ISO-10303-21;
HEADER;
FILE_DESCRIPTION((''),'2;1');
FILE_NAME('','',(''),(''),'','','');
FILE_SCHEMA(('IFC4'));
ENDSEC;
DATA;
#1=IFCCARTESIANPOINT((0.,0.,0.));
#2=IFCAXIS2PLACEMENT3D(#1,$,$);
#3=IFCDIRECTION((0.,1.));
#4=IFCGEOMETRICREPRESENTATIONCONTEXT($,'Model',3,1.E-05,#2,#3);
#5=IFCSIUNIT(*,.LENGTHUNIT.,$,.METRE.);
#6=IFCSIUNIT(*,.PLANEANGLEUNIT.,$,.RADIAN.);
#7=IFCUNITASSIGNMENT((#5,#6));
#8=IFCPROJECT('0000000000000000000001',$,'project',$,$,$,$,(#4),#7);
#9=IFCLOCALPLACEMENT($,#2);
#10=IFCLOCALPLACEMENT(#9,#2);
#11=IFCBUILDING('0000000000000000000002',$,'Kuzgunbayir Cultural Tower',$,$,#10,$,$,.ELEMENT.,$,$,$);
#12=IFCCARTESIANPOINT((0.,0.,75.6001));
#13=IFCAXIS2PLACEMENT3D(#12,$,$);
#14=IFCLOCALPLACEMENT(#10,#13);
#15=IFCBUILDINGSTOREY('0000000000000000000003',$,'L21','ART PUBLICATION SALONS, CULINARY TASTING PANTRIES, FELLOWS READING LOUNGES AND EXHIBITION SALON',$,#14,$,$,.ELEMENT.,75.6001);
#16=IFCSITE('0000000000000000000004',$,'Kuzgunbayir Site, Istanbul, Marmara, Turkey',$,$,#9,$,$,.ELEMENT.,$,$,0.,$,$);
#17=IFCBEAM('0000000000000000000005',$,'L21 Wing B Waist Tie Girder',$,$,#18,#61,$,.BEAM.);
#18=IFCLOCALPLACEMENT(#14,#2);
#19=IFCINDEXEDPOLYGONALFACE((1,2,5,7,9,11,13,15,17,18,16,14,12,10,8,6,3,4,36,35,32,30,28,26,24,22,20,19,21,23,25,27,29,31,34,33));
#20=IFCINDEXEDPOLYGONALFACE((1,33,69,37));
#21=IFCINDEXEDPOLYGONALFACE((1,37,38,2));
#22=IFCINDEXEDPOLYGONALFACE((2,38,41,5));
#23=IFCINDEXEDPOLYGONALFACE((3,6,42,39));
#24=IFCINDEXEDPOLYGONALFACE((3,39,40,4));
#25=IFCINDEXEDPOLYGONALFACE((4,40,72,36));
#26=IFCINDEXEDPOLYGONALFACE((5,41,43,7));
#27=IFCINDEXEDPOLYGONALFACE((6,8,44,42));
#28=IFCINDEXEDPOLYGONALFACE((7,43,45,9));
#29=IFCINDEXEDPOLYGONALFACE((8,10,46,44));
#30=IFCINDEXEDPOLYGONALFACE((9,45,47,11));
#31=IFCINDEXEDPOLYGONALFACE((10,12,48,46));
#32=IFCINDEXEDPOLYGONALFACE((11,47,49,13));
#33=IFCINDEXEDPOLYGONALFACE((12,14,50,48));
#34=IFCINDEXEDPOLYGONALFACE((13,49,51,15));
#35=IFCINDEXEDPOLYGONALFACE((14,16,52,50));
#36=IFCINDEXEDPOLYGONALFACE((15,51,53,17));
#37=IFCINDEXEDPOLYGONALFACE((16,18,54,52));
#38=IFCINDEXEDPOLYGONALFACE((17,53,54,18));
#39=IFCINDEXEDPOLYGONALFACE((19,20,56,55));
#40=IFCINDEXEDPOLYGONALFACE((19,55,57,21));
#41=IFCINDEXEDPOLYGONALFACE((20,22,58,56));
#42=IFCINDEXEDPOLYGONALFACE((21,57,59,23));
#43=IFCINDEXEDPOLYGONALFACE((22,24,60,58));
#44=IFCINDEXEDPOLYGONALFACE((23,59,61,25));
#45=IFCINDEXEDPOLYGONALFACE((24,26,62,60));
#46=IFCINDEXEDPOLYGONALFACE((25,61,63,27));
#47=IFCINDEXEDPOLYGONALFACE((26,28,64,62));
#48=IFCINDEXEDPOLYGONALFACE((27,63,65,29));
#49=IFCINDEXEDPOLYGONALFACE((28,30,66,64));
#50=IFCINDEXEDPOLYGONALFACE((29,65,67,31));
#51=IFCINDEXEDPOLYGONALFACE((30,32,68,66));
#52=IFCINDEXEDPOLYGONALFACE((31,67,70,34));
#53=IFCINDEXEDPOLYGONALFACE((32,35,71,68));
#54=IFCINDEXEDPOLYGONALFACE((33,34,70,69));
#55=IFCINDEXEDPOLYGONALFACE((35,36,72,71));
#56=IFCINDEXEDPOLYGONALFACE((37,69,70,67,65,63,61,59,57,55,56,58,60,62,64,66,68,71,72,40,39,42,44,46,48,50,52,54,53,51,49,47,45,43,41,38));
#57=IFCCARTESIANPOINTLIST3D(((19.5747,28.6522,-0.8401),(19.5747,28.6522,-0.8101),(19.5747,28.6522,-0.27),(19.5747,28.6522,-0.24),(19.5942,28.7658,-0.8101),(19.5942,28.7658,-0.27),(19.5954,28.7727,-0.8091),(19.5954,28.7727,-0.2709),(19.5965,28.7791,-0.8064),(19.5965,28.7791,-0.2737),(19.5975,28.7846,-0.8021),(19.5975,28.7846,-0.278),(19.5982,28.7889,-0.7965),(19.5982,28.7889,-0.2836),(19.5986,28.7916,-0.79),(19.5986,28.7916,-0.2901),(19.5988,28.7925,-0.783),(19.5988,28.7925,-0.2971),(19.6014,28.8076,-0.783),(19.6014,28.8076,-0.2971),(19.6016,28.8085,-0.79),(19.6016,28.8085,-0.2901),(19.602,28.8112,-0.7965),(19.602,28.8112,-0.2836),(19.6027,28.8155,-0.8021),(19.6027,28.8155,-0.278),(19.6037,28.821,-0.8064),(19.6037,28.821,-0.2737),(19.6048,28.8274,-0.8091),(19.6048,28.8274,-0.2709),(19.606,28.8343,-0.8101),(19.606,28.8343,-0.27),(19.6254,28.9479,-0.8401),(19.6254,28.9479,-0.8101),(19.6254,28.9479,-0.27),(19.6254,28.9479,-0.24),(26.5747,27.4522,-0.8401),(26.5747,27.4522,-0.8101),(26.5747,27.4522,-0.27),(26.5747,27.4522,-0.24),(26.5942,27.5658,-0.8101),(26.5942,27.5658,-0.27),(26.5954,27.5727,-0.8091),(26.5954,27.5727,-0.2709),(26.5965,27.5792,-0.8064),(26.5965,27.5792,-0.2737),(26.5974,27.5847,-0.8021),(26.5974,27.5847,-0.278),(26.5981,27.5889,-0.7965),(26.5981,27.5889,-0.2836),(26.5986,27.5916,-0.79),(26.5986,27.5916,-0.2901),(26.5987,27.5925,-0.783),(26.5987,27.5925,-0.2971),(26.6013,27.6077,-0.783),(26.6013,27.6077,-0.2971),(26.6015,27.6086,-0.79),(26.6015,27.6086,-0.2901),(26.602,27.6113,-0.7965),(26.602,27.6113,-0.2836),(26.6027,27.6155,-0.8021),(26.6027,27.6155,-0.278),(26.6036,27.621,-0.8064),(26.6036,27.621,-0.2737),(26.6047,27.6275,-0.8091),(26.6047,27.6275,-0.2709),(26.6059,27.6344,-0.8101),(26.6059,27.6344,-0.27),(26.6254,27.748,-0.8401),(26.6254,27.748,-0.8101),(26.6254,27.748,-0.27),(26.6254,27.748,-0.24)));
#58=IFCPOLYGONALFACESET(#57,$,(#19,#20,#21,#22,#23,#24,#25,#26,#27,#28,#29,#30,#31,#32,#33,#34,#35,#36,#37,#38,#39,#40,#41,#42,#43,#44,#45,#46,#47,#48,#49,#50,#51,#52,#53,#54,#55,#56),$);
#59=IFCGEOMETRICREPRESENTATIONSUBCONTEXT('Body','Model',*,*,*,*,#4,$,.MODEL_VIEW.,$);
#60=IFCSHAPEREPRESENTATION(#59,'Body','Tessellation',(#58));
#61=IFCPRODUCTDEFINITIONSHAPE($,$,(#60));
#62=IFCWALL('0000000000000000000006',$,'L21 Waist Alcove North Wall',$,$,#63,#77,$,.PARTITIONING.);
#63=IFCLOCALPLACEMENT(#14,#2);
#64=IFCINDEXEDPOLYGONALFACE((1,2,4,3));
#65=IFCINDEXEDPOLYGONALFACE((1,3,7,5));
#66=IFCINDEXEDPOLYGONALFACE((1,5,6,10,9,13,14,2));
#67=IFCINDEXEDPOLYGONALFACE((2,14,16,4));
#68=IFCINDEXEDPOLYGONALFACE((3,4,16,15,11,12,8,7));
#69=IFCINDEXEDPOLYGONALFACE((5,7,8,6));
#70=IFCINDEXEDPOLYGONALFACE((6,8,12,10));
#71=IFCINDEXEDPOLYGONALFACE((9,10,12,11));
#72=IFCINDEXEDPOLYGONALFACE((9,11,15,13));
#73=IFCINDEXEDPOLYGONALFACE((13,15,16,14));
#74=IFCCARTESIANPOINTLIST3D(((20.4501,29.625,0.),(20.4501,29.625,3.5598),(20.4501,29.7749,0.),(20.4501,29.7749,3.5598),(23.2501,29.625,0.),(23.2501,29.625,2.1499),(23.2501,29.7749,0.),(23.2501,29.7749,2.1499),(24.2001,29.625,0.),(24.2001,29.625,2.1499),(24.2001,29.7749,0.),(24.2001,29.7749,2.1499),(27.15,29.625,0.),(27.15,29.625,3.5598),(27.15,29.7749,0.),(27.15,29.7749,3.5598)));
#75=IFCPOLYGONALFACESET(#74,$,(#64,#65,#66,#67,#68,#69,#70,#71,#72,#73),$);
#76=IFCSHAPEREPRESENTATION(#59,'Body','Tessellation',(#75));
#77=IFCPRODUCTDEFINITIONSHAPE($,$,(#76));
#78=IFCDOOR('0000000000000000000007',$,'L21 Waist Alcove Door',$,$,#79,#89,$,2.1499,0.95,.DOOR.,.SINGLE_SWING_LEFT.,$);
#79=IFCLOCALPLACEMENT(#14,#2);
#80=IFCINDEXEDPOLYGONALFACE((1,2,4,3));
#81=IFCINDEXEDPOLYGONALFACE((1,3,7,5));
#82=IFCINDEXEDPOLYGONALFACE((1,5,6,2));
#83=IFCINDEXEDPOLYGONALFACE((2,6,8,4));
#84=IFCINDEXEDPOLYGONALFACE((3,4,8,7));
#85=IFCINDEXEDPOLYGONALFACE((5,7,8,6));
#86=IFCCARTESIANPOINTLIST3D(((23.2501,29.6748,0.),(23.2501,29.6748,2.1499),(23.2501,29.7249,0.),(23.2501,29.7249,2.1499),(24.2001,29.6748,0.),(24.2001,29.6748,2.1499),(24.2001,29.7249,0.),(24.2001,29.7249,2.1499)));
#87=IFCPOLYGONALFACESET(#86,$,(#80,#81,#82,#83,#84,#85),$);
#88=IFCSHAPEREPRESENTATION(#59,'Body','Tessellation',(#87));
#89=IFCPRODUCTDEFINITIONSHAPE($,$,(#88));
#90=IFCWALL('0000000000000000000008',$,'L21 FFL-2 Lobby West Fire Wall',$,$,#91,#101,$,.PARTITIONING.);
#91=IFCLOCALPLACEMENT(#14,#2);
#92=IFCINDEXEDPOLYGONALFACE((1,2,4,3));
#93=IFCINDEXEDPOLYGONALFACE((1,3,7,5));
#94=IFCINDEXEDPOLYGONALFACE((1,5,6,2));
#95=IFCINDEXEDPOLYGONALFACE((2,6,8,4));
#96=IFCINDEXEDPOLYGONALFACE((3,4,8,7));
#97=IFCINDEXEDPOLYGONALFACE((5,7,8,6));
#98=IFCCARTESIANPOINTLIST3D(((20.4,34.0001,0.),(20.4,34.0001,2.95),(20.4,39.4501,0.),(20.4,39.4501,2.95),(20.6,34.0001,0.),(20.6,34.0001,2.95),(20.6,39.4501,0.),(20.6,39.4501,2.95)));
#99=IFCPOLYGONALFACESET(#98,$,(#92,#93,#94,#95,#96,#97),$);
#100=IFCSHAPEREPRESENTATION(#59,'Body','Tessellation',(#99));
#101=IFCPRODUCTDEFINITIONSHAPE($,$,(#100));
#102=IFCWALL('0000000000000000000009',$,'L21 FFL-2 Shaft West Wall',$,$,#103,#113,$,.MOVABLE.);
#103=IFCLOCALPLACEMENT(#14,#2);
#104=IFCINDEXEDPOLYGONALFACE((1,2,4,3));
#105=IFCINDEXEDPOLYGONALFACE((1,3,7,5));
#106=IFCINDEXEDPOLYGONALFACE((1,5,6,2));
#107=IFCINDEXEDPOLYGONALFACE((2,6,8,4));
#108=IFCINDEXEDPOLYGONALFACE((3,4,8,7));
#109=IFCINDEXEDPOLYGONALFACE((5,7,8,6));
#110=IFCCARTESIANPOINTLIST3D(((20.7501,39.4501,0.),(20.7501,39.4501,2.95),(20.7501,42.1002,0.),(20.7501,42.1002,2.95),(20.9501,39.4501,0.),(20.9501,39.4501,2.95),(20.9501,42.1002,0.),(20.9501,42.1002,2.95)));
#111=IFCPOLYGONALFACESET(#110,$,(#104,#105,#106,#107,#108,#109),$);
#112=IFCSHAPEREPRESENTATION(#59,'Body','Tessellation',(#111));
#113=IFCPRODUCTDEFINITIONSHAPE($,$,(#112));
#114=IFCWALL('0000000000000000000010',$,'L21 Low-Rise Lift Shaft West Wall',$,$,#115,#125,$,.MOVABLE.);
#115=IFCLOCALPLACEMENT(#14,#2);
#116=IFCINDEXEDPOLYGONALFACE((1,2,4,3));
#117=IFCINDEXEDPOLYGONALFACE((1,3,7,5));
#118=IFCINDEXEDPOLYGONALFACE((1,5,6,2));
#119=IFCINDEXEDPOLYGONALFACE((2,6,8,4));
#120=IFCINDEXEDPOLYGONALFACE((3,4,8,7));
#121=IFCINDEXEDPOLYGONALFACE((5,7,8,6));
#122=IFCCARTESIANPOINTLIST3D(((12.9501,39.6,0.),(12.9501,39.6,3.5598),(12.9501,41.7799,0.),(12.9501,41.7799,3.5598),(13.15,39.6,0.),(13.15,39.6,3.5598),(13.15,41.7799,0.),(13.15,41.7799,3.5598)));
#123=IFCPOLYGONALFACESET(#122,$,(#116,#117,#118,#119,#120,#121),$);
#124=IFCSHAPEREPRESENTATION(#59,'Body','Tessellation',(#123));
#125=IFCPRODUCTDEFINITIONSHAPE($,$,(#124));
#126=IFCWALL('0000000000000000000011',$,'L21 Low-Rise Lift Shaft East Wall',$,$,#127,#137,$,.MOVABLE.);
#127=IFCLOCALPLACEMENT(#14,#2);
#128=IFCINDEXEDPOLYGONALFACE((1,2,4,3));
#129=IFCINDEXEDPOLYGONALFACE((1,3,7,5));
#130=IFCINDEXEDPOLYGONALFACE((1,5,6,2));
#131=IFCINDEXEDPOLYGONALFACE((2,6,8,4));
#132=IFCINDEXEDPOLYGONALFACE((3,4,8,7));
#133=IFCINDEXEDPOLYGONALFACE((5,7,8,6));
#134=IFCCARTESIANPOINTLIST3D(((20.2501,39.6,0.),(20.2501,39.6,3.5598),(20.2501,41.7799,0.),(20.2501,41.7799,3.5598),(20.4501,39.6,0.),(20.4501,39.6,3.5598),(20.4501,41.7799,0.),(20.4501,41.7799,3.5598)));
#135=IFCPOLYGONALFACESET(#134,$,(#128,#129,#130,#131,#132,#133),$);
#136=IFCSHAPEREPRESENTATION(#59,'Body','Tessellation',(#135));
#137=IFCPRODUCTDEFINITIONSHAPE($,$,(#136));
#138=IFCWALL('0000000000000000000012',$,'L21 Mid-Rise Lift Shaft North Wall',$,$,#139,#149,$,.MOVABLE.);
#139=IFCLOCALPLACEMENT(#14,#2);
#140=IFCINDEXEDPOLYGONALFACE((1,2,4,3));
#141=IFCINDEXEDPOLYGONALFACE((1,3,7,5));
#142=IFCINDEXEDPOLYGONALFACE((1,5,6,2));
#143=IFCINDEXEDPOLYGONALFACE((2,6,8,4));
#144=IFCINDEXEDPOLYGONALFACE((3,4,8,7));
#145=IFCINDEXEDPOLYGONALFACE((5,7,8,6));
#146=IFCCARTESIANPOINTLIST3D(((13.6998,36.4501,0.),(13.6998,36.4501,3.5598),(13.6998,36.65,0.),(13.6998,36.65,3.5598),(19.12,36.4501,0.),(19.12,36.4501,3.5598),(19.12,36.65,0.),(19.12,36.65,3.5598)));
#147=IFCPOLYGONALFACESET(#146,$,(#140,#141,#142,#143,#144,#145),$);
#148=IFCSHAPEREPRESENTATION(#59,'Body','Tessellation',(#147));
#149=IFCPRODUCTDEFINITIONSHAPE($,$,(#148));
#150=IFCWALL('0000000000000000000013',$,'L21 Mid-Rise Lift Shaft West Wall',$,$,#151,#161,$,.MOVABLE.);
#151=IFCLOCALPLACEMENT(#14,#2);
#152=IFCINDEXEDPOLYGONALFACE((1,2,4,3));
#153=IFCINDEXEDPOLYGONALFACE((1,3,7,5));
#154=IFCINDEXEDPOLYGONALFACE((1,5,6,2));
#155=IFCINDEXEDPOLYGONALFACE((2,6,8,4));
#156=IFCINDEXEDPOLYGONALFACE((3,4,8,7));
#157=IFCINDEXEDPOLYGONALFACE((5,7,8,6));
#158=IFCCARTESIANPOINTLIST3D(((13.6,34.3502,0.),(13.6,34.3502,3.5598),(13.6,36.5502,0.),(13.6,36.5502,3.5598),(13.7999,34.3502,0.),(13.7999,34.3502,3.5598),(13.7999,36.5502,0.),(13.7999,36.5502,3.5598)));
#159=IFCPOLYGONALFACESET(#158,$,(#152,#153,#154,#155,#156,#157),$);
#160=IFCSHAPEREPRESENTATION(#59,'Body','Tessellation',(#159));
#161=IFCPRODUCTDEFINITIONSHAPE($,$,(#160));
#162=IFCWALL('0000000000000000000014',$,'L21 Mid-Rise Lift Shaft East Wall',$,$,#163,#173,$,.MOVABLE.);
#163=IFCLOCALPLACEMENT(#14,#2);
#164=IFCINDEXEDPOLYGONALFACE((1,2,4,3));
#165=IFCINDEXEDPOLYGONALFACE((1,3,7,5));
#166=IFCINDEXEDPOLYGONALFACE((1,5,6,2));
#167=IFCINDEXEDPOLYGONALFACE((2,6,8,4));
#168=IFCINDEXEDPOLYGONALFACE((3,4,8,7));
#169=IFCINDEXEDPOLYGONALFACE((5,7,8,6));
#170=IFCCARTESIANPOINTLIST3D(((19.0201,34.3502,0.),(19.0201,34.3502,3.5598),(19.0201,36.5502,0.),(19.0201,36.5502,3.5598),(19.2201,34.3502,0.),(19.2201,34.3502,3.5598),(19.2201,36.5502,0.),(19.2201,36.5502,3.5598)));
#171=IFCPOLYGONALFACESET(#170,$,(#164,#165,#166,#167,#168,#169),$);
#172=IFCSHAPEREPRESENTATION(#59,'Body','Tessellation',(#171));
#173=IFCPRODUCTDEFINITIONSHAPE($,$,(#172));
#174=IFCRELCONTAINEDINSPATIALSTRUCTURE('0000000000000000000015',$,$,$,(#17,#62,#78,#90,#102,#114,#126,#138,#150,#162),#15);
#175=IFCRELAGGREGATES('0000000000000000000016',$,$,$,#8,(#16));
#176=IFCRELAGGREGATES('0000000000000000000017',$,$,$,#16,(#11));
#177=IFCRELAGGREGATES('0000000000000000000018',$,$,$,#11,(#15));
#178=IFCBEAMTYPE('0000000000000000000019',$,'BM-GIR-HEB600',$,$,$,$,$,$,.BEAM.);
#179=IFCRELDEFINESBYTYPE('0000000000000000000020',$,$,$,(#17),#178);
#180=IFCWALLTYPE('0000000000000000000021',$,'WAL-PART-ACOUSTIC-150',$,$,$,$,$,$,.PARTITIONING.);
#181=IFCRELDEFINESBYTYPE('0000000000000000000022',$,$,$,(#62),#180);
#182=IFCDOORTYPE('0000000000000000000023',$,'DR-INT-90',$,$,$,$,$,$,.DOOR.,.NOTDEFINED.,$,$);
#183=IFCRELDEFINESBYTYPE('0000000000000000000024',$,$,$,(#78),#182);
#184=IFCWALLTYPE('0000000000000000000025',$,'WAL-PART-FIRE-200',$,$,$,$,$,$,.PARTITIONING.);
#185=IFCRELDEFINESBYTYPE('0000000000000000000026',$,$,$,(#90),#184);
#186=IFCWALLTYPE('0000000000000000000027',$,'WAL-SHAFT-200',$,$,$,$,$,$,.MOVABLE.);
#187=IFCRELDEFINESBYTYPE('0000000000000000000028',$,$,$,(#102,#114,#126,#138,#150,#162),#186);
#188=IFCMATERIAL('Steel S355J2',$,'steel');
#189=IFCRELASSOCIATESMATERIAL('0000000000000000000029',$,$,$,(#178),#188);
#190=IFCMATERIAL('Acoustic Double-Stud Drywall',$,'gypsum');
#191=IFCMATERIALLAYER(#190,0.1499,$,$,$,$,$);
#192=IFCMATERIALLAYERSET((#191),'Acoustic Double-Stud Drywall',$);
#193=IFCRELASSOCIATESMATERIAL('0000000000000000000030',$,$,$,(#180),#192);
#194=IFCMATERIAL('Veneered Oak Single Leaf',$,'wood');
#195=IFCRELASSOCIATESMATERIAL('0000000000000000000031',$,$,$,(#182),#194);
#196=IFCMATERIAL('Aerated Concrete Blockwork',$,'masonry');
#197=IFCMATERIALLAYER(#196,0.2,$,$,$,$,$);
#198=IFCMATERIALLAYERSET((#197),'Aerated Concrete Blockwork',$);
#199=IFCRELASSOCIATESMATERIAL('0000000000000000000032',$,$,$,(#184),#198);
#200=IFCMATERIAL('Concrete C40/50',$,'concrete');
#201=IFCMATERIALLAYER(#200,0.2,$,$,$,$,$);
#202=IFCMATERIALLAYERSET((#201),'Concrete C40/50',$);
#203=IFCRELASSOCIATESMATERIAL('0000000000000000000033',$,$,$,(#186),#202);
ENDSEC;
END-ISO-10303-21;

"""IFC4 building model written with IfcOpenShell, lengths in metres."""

from ifc_helpers import new_model, si_unit, direction, frame, frame_2d, origin, origin_2d, place, context, subcontext, project, spatial, rectangle, i_section, extrude, material, layer, layer_set, material_profile, profile_set, type_object, element, fill, save


model = new_model("IFC4")

# Units and contexts
model_context = context("Model", 3, precision=1e-05, world=origin(), true_north=direction((0.0, 1.0)))
body_context = subcontext(model_context, "Body", "Model", "MODEL_VIEW")
ifc_project = project(units=[si_unit("LENGTHUNIT", "METRE"), si_unit("PLANEANGLEUNIT", "RADIAN")], contexts=[model_context])

# Site, building, storey
site_placement = place(None, origin())
site = spatial("IfcSite", under=ifc_project, at=site_placement, Name="Kuzgunbayir Site, Istanbul, Marmara, Turkey", CompositionType="ELEMENT", RefElevation=0.0)
building_placement = place(site_placement, origin())
building = spatial("IfcBuilding", under=site, at=building_placement, Name="Kuzgunbayir Cultural Tower", CompositionType="ELEMENT")
storey_placement = place(building_placement, frame((0.0, 0.0, 75.6001)))
storey = spatial("IfcBuildingStorey", under=building, at=storey_placement, Name="L21", Description="ART PUBLICATION SALONS, CULINARY TASTING PANTRIES, FELLOWS READING LOUNGES AND EXHIBITION SALON", CompositionType="ELEMENT", Elevation=75.6001)

# Beam
ifc_material_1 = material(Name="Steel S355J2", Category="steel")
ifc_material_profile_1 = material_profile(ifc_material_1, i_section(OverallWidth=0.3, OverallDepth=0.6001, WebThickness=0.0154, FlangeThickness=0.03, FilletRadius=0.0271, at=origin_2d()), Name="HEB 600")
ifc_profile_set_1 = profile_set([ifc_material_profile_1], Name="Steel S355J2")
beam_type = type_object("IfcBeamType", Name="BM-GIR-HEB600", PredefinedType="BEAM", material=ifc_profile_set_1)
beam_1_placement = place(storey_placement, frame((19.6001, 28.8, -0.54), z_axis=(0.985623, -0.168957, 0.0), x_axis=(0.168957, 0.985623, 0.0)))
element("IfcBeam", 1, at=beam_1_placement, inside=storey, type_object=beam_type, Name="L21 Wing B Waist Tie Girder", PredefinedType="BEAM", context=body_context, shape_type="SweptSolid", body=[
    extrude(i_section(OverallWidth=0.3, OverallDepth=0.6001, WebThickness=0.0154, FlangeThickness=0.03, FilletRadius=0.0271, at=origin_2d()), origin(), (0.0, 0.0, 1.0), 7.1021),
])

# Wall, opening, door
ifc_material_2 = material(Name="Acoustic Double-Stud Drywall", Category="gypsum")
ifc_layer_1 = layer(ifc_material_2, 0.1499)
ifc_layer_set_1 = layer_set([ifc_layer_1], Name="Acoustic Double-Stud Drywall")
wall_type_1 = type_object("IfcWallType", Name="WAL-PART-ACOUSTIC-150", PredefinedType="PARTITIONING", material=ifc_layer_set_1)
wall_1_placement = place(storey_placement, frame((20.45, 29.7, 0.0), z_axis=(0.0, 0.0, 1.0), x_axis=(1.0, 0.0, 0.0)))
wall_1 = element("IfcWall", 2, at=wall_1_placement, inside=storey, type_object=wall_type_1, Name="L21 Waist Alcove North Wall", PredefinedType="PARTITIONING", context=body_context, shape_type="SweptSolid", body=[
    extrude(rectangle(XDim=6.7, YDim=0.1499, at=frame_2d((3.3501, 0.0))), origin(), (0.0, 0.0, 1.0), 3.5598),
])
opening_1_placement = place(wall_1_placement, frame((2.8, 0.0, 0.0)))
opening_1 = element("IfcOpeningElement", 3, at=opening_1_placement, cuts=wall_1, PredefinedType="OPENING", context=body_context, shape_type="SweptSolid", body=[
    extrude(rectangle(XDim=0.95, YDim=2.1499, at=frame_2d((0.4751, 1.075))), frame((0.0, 0.085, 0.0), z_axis=(0.0, -1.0, 0.0), x_axis=(1.0, 0.0, 0.0)), (0.0, 0.0, 1.0), 0.1699),
])
ifc_material_3 = material(Name="Veneered Oak Single Leaf", Category="wood")
door_type_1 = type_object("IfcDoorType", Name="DR-INT-90", OperationType="NOTDEFINED", PredefinedType="DOOR", material=ifc_material_3)
door_1_placement = place(opening_1_placement, origin())
door_1 = element("IfcDoor", 4, at=door_1_placement, inside=storey, type_object=door_type_1, Name="L21 Waist Alcove Door", OperationType="SINGLE_SWING_LEFT", OverallHeight=2.1499, OverallWidth=0.95, PredefinedType="DOOR", context=body_context, shape_type="SweptSolid", body=[
    extrude(rectangle(XDim=0.95, YDim=2.1499, at=frame_2d((0.4751, 1.075))), frame((0.0, 0.0249, 0.0), z_axis=(0.0, -1.0, 0.0), x_axis=(1.0, 0.0, 0.0)), (0.0, 0.0, 1.0), 0.05),
])
fill(opening_1, door_1)

# Wall
ifc_material_4 = material(Name="Aerated Concrete Blockwork", Category="masonry")
ifc_layer_2 = layer(ifc_material_4, 0.2)
ifc_layer_set_2 = layer_set([ifc_layer_2], Name="Aerated Concrete Blockwork")
wall_type_2 = type_object("IfcWallType", Name="WAL-PART-FIRE-200", PredefinedType="PARTITIONING", material=ifc_layer_set_2)
wall_2_placement = place(storey_placement, frame((20.5, 34.0, 0.0), z_axis=(0.0, 0.0, 1.0), x_axis=(0.0, 1.0, 0.0)))
element("IfcWall", 5, at=wall_2_placement, inside=storey, type_object=wall_type_2, Name="L21 FFL-2 Lobby West Fire Wall", PredefinedType="PARTITIONING", context=body_context, shape_type="SweptSolid", body=[
    extrude(rectangle(XDim=5.45, YDim=0.2, at=frame_2d((2.7251, 0.0))), origin(), (0.0, 0.0, 1.0), 2.95),
])

# Shared definitions
ifc_material_5 = material(Name="Concrete C40/50", Category="concrete")
ifc_layer_3 = layer(ifc_material_5, 0.2)
ifc_layer_set_3 = layer_set([ifc_layer_3], Name="Concrete C40/50")
wall_type_3 = type_object("IfcWallType", Name="WAL-SHAFT-200", PredefinedType="MOVABLE", material=ifc_layer_set_3)

# Walls
wall_3_placement = place(storey_placement, frame((20.8501, 39.45, 0.0), z_axis=(0.0, 0.0, 1.0), x_axis=(0.0, 1.0, 0.0)))
element("IfcWall", 6, at=wall_3_placement, inside=storey, type_object=wall_type_3, Name="L21 FFL-2 Shaft West Wall", PredefinedType="MOVABLE", context=body_context, shape_type="SweptSolid", body=[
    extrude(rectangle(XDim=2.6501, YDim=0.2, at=frame_2d((1.3252, 0.0))), origin(), (0.0, 0.0, 1.0), 2.95),
])
for number, where, z_axis, x_axis, name in (
    (7, (13.05, 39.6001, 0.0), (0.0, 0.0, 1.0), (0.0, 1.0, 0.0), "L21 Low-Rise Lift Shaft West Wall"),
    (8, (20.3501, 39.6001, 0.0), (0.0, 0.0, 1.0), (0.0, 1.0, 0.0), "L21 Low-Rise Lift Shaft East Wall"),
):
    element("IfcWall", number, at=place(storey_placement, frame(where, z_axis=z_axis, x_axis=x_axis)), inside=storey, type_object=wall_type_3, Name=name, PredefinedType="MOVABLE", context=body_context, shape_type="SweptSolid", body=[
        extrude(rectangle(XDim=2.1799, YDim=0.2, at=frame_2d((1.0898, 0.0))), origin(), (0.0, 0.0, 1.0), 3.5598),
    ])

# Walls
wall_4_placement = place(storey_placement, frame((13.7, 36.55, 0.0), z_axis=(0.0, 0.0, 1.0), x_axis=(1.0, 0.0, 0.0)))
element("IfcWall", 9, at=wall_4_placement, inside=storey, type_object=wall_type_3, Name="L21 Mid-Rise Lift Shaft North Wall", PredefinedType="MOVABLE", context=body_context, shape_type="SweptSolid", body=[
    extrude(rectangle(XDim=5.4202, YDim=0.2, at=frame_2d((2.71, 0.0))), origin(), (0.0, 0.0, 1.0), 3.5598),
])
for number, where, z_axis, x_axis, name in (
    (10, (13.7, 34.3501, 0.0), (0.0, 0.0, 1.0), (0.0, 1.0, 0.0), "L21 Mid-Rise Lift Shaft West Wall"),
    (11, (19.1201, 34.3501, 0.0), (0.0, 0.0, 1.0), (0.0, 1.0, 0.0), "L21 Mid-Rise Lift Shaft East Wall"),
):
    element("IfcWall", number, at=place(storey_placement, frame(where, z_axis=z_axis, x_axis=x_axis)), inside=storey, type_object=wall_type_3, Name=name, PredefinedType="MOVABLE", context=body_context, shape_type="SweptSolid", body=[
        extrude(rectangle(XDim=2.2, YDim=0.2, at=frame_2d((1.1001, 0.0))), origin(), (0.0, 0.0, 1.0), 3.5598),
    ])

save(model, "model.ifc")
